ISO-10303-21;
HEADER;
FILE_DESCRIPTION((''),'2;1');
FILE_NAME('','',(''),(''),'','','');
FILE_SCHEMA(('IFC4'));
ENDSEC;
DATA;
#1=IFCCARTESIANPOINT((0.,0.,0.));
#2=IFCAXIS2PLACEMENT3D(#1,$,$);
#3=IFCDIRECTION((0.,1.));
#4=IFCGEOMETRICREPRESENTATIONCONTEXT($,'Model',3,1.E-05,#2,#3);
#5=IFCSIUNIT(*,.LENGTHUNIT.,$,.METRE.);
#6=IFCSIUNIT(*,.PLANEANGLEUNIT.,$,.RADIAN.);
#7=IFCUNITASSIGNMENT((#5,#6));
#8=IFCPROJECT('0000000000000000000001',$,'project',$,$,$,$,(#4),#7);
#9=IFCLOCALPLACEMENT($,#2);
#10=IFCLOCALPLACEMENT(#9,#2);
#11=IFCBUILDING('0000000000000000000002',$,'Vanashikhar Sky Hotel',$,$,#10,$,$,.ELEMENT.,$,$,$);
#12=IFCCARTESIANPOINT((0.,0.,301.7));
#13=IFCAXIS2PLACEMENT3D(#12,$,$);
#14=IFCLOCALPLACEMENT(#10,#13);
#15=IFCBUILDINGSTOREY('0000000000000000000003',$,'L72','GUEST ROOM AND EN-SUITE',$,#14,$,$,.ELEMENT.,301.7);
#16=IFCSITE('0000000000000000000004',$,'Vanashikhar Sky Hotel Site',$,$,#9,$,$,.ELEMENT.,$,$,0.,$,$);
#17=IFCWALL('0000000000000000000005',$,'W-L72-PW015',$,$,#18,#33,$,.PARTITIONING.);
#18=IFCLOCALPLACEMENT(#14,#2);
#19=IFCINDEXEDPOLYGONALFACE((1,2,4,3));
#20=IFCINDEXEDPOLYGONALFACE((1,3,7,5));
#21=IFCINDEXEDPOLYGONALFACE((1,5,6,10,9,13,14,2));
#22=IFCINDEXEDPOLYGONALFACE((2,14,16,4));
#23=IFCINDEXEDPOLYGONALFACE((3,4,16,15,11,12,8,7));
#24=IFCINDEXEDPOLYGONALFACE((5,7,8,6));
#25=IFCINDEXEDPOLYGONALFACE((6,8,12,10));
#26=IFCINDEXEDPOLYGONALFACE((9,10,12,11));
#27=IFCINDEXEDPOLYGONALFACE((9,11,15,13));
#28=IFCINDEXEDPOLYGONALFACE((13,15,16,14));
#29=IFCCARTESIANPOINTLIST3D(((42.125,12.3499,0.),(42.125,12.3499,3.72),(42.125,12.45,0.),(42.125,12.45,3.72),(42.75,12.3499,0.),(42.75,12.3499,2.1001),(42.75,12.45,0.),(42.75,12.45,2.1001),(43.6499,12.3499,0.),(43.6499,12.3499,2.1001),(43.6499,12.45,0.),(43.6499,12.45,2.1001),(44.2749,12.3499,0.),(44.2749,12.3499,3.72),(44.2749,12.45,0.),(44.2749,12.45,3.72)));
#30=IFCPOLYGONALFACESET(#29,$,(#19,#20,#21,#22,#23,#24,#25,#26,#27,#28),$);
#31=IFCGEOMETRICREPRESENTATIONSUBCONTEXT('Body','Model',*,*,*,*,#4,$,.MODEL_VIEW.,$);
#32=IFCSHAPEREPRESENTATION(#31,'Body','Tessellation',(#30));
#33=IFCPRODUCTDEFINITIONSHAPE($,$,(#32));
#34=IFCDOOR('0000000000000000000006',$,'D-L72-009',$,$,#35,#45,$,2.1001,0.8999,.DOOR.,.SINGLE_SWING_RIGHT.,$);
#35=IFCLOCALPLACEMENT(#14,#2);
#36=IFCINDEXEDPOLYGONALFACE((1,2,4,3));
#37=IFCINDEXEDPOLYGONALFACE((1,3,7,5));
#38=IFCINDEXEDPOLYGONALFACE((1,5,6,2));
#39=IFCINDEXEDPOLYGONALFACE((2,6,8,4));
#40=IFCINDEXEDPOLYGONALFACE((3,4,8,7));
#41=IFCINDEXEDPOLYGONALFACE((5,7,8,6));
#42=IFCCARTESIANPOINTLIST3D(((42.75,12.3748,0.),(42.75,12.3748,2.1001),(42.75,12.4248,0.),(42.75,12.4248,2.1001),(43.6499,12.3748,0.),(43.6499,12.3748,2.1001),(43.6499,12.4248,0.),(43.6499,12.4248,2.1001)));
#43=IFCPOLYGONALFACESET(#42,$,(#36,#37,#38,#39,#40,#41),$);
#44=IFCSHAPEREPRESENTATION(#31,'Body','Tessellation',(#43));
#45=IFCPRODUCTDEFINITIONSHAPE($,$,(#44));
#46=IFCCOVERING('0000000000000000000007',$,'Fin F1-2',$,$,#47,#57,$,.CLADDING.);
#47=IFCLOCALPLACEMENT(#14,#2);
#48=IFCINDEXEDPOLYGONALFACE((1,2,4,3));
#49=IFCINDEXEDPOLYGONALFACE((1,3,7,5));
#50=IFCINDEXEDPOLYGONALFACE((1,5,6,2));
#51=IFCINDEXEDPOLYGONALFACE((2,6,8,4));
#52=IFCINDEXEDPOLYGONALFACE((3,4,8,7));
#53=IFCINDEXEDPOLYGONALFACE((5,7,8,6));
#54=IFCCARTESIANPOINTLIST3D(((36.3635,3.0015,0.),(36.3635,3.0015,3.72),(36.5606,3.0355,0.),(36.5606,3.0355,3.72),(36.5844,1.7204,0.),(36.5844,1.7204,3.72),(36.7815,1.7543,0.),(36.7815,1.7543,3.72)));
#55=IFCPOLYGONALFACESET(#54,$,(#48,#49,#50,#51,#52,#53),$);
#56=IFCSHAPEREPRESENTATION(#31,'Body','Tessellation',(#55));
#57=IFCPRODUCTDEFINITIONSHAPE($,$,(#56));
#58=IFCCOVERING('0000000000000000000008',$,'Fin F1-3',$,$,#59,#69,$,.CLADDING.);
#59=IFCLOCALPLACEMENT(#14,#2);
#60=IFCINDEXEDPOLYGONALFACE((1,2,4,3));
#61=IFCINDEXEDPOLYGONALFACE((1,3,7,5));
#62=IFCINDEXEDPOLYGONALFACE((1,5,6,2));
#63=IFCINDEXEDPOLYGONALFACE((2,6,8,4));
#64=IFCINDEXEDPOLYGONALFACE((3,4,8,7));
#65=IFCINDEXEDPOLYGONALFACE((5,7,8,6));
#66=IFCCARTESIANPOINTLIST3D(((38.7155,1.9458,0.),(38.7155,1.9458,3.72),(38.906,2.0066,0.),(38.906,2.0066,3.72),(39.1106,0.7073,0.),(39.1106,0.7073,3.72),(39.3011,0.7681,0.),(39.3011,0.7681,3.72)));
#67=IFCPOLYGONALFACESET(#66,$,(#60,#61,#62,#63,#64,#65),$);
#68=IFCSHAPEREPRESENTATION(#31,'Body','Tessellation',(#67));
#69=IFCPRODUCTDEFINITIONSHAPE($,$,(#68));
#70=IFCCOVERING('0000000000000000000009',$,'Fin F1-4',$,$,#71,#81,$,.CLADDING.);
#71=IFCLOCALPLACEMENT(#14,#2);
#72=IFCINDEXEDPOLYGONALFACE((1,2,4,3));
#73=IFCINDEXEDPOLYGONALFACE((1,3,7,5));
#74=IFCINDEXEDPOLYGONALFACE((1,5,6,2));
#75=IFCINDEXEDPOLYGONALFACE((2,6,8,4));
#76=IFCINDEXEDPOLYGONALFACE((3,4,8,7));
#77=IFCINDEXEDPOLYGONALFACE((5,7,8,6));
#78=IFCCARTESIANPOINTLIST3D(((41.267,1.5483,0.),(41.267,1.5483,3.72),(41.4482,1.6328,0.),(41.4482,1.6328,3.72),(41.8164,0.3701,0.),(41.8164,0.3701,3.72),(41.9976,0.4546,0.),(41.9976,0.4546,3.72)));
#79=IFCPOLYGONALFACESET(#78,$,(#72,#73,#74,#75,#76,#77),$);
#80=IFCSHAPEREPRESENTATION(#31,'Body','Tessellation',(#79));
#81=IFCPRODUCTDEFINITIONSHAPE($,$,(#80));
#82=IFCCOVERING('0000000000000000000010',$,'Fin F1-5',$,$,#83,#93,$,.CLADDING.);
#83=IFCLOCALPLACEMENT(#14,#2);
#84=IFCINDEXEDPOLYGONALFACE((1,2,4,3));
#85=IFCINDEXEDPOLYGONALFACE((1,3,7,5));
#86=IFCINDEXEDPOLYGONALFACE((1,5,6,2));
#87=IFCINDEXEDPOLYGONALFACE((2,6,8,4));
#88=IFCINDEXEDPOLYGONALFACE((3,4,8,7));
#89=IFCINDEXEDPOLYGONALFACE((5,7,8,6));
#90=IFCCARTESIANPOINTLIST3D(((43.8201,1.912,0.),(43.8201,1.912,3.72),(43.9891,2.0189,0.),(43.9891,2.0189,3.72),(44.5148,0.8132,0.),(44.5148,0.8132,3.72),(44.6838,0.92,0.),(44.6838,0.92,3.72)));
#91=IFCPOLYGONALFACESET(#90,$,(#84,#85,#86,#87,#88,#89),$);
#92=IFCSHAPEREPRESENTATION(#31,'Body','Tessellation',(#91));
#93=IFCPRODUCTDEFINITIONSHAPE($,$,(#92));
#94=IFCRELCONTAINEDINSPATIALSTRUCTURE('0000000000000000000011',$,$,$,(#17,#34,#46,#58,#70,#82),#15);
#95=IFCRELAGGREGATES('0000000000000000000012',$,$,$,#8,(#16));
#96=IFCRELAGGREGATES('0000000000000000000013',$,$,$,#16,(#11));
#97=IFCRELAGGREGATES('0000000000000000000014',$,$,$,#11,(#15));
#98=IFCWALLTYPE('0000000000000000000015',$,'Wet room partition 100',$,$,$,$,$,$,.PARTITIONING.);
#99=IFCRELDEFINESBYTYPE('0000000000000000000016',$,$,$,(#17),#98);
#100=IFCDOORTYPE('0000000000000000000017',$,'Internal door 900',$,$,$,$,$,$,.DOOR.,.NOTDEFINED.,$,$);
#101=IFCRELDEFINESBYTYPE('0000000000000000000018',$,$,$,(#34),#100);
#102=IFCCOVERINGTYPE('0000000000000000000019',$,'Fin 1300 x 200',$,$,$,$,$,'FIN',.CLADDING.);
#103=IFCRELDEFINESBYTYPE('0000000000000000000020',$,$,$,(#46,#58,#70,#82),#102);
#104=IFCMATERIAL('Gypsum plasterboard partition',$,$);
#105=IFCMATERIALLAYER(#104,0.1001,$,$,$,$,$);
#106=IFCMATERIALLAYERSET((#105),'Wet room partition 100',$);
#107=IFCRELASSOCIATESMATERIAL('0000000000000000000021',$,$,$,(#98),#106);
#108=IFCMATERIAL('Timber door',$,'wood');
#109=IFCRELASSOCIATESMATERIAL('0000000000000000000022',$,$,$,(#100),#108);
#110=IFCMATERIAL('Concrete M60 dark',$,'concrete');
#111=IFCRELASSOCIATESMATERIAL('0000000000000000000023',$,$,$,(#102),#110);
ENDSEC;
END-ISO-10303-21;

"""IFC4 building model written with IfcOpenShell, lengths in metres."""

from ifc_helpers import new_model, si_unit, direction, frame, frame_2d, origin, origin_2d, place, context, subcontext, project, spatial, rectangle, extrude, source, transform, mapped, material, layer, layer_set, material_profile, profile_set, type_object, element, fill, save


model = new_model("IFC4")

# Units and contexts
model_context = context("Model", 3, precision=1e-05, world=origin(), true_north=direction((0.0, 1.0)))
body_context = subcontext(model_context, "Body", "Model", "MODEL_VIEW")
ifc_project = project(units=[si_unit("LENGTHUNIT", "METRE"), si_unit("PLANEANGLEUNIT", "RADIAN")], contexts=[model_context])

# Site, building, storey
site_placement = place(None, origin())
site = spatial("IfcSite", under=ifc_project, at=site_placement, Name="Vanashikhar Sky Hotel Site", CompositionType="ELEMENT", RefElevation=0.0)
building_placement = place(site_placement, origin())
building = spatial("IfcBuilding", under=site, at=building_placement, Name="Vanashikhar Sky Hotel", CompositionType="ELEMENT")
storey_placement = place(building_placement, frame((0.0, 0.0, 301.7)))
storey = spatial("IfcBuildingStorey", under=building, at=storey_placement, Name="L72", Description="GUEST ROOM AND EN-SUITE", CompositionType="ELEMENT", Elevation=301.7)

# Shared definitions
ifc_material_1 = material(Name="Gypsum plasterboard partition")
ifc_layer_1 = layer(ifc_material_1, 0.1001)
ifc_layer_set_1 = layer_set([ifc_layer_1], Name="Wet room partition 100")
wall_type_1 = type_object("IfcWallType", Name="Wet room partition 100", PredefinedType="PARTITIONING", material=ifc_layer_set_1)
shared_shape_1 = source(origin(), body_context, "Body", "SweptSolid", [
    extrude(rectangle(XDim=0.8999, YDim=2.1001, at=frame_2d((0.45, 1.05))), frame((0.0, 0.0601, 0.0), z_axis=(0.0, -1.0, 0.0), x_axis=(1.0, 0.0, 0.0)), (0.0, 0.0, 1.0), 0.1201),
])
ifc_material_2 = material(Name="Timber door", Category="wood")
door_type = type_object("IfcDoorType", Name="Internal door 900", OperationType="NOTDEFINED", PredefinedType="DOOR", material=ifc_material_2)
shared_shape_2 = source(origin(), body_context, "Body", "SweptSolid", [
    extrude(rectangle(XDim=0.8999, YDim=2.1001, at=frame_2d((0.45, 1.05))), frame((0.0, 0.0249, 0.0), z_axis=(0.0, -1.0, 0.0), x_axis=(1.0, 0.0, 0.0)), (0.0, 0.0, 1.0), 0.05),
])

# Wall, opening, door
shared_shape_3 = source(origin(), body_context, "Body", "SweptSolid", [
    extrude(rectangle(XDim=2.1499, YDim=0.1001, at=frame_2d((1.075, 0.0))), origin(), (0.0, 0.0, 1.0), 3.72),
])
wall_1_placement = place(storey_placement, frame((42.125, 12.3999, 0.0), z_axis=(0.0, 0.0, 1.0), x_axis=(1.0, 0.0, 0.0)))
wall_1 = element("IfcWall", 1, at=wall_1_placement, inside=storey, type_object=wall_type_1, Name="W-L72-PW015", PredefinedType="PARTITIONING", context=body_context, shape_type="MappedRepresentation", body=[
    mapped(shared_shape_3, transform((0.0, 0.0, 0.0), scale=1.0)),
])
opening_1_placement = place(wall_1_placement, frame((0.625, 0.0, 0.0)))
opening_1 = element("IfcOpeningElement", 2, at=opening_1_placement, cuts=wall_1, PredefinedType="OPENING", context=body_context, shape_type="MappedRepresentation", body=[
    mapped(shared_shape_1, transform((0.0, 0.0, 0.0), scale=1.0)),
])
door_1_placement = place(opening_1_placement, origin())
door_1 = element("IfcDoor", 3, at=door_1_placement, inside=storey, type_object=door_type, Name="D-L72-009", OperationType="SINGLE_SWING_RIGHT", OverallHeight=2.1001, OverallWidth=0.8999, PredefinedType="DOOR", context=body_context, shape_type="MappedRepresentation", body=[
    mapped(shared_shape_2, transform((0.0, 0.0, 0.0), scale=1.0)),
])
fill(opening_1, door_1)

# Coverings
ifc_material_3 = material(Name="Concrete M60 dark", Category="concrete")
ifc_material_profile_1 = material_profile(ifc_material_3, rectangle(XDim=1.3, YDim=0.2, at=origin_2d()))
ifc_profile_set_1 = profile_set([ifc_material_profile_1], Name="Fin 1300 x 200")
covering_type = type_object("IfcCoveringType", Name="Fin 1300 x 200", ElementType="FIN", PredefinedType="CLADDING", material=ifc_profile_set_1)
shared_shape_4 = source(origin(), body_context, "Body", "SweptSolid", [
    extrude(rectangle(XDim=1.3, YDim=0.2, at=origin_2d()), origin(), (0.0, 0.0, 1.0), 3.72),
])
for number, where, z_axis, x_axis, name in (
    (4, (36.5725, 2.3779, 0.0), (0.0, 0.0, 1.0), (0.1699, -0.985461, 0.0), "Fin F1-2"),
    (5, (39.0083, 1.3569, 0.0), (0.0, 0.0, 1.0), (0.303967, -0.952683, 0.0), "Fin F1-3"),
    (6, (41.6323, 1.0015, 0.0), (0.0, 0.0, 1.0), (0.422618, -0.906308, 0.0), "Fin F1-4"),
    (7, (44.252, 1.416, 0.0), (0.0, 0.0, 1.0), (0.534411, -0.845225, 0.0), "Fin F1-5"),
):
    element("IfcCovering", number, at=place(storey_placement, frame(where, z_axis=z_axis, x_axis=x_axis)), inside=storey, type_object=covering_type, Name=name, PredefinedType="CLADDING", context=body_context, shape_type="MappedRepresentation", body=[
        mapped(shared_shape_4, transform((0.0, 0.0, 0.0), scale=1.0)),
    ])

save(model, "model.ifc")
